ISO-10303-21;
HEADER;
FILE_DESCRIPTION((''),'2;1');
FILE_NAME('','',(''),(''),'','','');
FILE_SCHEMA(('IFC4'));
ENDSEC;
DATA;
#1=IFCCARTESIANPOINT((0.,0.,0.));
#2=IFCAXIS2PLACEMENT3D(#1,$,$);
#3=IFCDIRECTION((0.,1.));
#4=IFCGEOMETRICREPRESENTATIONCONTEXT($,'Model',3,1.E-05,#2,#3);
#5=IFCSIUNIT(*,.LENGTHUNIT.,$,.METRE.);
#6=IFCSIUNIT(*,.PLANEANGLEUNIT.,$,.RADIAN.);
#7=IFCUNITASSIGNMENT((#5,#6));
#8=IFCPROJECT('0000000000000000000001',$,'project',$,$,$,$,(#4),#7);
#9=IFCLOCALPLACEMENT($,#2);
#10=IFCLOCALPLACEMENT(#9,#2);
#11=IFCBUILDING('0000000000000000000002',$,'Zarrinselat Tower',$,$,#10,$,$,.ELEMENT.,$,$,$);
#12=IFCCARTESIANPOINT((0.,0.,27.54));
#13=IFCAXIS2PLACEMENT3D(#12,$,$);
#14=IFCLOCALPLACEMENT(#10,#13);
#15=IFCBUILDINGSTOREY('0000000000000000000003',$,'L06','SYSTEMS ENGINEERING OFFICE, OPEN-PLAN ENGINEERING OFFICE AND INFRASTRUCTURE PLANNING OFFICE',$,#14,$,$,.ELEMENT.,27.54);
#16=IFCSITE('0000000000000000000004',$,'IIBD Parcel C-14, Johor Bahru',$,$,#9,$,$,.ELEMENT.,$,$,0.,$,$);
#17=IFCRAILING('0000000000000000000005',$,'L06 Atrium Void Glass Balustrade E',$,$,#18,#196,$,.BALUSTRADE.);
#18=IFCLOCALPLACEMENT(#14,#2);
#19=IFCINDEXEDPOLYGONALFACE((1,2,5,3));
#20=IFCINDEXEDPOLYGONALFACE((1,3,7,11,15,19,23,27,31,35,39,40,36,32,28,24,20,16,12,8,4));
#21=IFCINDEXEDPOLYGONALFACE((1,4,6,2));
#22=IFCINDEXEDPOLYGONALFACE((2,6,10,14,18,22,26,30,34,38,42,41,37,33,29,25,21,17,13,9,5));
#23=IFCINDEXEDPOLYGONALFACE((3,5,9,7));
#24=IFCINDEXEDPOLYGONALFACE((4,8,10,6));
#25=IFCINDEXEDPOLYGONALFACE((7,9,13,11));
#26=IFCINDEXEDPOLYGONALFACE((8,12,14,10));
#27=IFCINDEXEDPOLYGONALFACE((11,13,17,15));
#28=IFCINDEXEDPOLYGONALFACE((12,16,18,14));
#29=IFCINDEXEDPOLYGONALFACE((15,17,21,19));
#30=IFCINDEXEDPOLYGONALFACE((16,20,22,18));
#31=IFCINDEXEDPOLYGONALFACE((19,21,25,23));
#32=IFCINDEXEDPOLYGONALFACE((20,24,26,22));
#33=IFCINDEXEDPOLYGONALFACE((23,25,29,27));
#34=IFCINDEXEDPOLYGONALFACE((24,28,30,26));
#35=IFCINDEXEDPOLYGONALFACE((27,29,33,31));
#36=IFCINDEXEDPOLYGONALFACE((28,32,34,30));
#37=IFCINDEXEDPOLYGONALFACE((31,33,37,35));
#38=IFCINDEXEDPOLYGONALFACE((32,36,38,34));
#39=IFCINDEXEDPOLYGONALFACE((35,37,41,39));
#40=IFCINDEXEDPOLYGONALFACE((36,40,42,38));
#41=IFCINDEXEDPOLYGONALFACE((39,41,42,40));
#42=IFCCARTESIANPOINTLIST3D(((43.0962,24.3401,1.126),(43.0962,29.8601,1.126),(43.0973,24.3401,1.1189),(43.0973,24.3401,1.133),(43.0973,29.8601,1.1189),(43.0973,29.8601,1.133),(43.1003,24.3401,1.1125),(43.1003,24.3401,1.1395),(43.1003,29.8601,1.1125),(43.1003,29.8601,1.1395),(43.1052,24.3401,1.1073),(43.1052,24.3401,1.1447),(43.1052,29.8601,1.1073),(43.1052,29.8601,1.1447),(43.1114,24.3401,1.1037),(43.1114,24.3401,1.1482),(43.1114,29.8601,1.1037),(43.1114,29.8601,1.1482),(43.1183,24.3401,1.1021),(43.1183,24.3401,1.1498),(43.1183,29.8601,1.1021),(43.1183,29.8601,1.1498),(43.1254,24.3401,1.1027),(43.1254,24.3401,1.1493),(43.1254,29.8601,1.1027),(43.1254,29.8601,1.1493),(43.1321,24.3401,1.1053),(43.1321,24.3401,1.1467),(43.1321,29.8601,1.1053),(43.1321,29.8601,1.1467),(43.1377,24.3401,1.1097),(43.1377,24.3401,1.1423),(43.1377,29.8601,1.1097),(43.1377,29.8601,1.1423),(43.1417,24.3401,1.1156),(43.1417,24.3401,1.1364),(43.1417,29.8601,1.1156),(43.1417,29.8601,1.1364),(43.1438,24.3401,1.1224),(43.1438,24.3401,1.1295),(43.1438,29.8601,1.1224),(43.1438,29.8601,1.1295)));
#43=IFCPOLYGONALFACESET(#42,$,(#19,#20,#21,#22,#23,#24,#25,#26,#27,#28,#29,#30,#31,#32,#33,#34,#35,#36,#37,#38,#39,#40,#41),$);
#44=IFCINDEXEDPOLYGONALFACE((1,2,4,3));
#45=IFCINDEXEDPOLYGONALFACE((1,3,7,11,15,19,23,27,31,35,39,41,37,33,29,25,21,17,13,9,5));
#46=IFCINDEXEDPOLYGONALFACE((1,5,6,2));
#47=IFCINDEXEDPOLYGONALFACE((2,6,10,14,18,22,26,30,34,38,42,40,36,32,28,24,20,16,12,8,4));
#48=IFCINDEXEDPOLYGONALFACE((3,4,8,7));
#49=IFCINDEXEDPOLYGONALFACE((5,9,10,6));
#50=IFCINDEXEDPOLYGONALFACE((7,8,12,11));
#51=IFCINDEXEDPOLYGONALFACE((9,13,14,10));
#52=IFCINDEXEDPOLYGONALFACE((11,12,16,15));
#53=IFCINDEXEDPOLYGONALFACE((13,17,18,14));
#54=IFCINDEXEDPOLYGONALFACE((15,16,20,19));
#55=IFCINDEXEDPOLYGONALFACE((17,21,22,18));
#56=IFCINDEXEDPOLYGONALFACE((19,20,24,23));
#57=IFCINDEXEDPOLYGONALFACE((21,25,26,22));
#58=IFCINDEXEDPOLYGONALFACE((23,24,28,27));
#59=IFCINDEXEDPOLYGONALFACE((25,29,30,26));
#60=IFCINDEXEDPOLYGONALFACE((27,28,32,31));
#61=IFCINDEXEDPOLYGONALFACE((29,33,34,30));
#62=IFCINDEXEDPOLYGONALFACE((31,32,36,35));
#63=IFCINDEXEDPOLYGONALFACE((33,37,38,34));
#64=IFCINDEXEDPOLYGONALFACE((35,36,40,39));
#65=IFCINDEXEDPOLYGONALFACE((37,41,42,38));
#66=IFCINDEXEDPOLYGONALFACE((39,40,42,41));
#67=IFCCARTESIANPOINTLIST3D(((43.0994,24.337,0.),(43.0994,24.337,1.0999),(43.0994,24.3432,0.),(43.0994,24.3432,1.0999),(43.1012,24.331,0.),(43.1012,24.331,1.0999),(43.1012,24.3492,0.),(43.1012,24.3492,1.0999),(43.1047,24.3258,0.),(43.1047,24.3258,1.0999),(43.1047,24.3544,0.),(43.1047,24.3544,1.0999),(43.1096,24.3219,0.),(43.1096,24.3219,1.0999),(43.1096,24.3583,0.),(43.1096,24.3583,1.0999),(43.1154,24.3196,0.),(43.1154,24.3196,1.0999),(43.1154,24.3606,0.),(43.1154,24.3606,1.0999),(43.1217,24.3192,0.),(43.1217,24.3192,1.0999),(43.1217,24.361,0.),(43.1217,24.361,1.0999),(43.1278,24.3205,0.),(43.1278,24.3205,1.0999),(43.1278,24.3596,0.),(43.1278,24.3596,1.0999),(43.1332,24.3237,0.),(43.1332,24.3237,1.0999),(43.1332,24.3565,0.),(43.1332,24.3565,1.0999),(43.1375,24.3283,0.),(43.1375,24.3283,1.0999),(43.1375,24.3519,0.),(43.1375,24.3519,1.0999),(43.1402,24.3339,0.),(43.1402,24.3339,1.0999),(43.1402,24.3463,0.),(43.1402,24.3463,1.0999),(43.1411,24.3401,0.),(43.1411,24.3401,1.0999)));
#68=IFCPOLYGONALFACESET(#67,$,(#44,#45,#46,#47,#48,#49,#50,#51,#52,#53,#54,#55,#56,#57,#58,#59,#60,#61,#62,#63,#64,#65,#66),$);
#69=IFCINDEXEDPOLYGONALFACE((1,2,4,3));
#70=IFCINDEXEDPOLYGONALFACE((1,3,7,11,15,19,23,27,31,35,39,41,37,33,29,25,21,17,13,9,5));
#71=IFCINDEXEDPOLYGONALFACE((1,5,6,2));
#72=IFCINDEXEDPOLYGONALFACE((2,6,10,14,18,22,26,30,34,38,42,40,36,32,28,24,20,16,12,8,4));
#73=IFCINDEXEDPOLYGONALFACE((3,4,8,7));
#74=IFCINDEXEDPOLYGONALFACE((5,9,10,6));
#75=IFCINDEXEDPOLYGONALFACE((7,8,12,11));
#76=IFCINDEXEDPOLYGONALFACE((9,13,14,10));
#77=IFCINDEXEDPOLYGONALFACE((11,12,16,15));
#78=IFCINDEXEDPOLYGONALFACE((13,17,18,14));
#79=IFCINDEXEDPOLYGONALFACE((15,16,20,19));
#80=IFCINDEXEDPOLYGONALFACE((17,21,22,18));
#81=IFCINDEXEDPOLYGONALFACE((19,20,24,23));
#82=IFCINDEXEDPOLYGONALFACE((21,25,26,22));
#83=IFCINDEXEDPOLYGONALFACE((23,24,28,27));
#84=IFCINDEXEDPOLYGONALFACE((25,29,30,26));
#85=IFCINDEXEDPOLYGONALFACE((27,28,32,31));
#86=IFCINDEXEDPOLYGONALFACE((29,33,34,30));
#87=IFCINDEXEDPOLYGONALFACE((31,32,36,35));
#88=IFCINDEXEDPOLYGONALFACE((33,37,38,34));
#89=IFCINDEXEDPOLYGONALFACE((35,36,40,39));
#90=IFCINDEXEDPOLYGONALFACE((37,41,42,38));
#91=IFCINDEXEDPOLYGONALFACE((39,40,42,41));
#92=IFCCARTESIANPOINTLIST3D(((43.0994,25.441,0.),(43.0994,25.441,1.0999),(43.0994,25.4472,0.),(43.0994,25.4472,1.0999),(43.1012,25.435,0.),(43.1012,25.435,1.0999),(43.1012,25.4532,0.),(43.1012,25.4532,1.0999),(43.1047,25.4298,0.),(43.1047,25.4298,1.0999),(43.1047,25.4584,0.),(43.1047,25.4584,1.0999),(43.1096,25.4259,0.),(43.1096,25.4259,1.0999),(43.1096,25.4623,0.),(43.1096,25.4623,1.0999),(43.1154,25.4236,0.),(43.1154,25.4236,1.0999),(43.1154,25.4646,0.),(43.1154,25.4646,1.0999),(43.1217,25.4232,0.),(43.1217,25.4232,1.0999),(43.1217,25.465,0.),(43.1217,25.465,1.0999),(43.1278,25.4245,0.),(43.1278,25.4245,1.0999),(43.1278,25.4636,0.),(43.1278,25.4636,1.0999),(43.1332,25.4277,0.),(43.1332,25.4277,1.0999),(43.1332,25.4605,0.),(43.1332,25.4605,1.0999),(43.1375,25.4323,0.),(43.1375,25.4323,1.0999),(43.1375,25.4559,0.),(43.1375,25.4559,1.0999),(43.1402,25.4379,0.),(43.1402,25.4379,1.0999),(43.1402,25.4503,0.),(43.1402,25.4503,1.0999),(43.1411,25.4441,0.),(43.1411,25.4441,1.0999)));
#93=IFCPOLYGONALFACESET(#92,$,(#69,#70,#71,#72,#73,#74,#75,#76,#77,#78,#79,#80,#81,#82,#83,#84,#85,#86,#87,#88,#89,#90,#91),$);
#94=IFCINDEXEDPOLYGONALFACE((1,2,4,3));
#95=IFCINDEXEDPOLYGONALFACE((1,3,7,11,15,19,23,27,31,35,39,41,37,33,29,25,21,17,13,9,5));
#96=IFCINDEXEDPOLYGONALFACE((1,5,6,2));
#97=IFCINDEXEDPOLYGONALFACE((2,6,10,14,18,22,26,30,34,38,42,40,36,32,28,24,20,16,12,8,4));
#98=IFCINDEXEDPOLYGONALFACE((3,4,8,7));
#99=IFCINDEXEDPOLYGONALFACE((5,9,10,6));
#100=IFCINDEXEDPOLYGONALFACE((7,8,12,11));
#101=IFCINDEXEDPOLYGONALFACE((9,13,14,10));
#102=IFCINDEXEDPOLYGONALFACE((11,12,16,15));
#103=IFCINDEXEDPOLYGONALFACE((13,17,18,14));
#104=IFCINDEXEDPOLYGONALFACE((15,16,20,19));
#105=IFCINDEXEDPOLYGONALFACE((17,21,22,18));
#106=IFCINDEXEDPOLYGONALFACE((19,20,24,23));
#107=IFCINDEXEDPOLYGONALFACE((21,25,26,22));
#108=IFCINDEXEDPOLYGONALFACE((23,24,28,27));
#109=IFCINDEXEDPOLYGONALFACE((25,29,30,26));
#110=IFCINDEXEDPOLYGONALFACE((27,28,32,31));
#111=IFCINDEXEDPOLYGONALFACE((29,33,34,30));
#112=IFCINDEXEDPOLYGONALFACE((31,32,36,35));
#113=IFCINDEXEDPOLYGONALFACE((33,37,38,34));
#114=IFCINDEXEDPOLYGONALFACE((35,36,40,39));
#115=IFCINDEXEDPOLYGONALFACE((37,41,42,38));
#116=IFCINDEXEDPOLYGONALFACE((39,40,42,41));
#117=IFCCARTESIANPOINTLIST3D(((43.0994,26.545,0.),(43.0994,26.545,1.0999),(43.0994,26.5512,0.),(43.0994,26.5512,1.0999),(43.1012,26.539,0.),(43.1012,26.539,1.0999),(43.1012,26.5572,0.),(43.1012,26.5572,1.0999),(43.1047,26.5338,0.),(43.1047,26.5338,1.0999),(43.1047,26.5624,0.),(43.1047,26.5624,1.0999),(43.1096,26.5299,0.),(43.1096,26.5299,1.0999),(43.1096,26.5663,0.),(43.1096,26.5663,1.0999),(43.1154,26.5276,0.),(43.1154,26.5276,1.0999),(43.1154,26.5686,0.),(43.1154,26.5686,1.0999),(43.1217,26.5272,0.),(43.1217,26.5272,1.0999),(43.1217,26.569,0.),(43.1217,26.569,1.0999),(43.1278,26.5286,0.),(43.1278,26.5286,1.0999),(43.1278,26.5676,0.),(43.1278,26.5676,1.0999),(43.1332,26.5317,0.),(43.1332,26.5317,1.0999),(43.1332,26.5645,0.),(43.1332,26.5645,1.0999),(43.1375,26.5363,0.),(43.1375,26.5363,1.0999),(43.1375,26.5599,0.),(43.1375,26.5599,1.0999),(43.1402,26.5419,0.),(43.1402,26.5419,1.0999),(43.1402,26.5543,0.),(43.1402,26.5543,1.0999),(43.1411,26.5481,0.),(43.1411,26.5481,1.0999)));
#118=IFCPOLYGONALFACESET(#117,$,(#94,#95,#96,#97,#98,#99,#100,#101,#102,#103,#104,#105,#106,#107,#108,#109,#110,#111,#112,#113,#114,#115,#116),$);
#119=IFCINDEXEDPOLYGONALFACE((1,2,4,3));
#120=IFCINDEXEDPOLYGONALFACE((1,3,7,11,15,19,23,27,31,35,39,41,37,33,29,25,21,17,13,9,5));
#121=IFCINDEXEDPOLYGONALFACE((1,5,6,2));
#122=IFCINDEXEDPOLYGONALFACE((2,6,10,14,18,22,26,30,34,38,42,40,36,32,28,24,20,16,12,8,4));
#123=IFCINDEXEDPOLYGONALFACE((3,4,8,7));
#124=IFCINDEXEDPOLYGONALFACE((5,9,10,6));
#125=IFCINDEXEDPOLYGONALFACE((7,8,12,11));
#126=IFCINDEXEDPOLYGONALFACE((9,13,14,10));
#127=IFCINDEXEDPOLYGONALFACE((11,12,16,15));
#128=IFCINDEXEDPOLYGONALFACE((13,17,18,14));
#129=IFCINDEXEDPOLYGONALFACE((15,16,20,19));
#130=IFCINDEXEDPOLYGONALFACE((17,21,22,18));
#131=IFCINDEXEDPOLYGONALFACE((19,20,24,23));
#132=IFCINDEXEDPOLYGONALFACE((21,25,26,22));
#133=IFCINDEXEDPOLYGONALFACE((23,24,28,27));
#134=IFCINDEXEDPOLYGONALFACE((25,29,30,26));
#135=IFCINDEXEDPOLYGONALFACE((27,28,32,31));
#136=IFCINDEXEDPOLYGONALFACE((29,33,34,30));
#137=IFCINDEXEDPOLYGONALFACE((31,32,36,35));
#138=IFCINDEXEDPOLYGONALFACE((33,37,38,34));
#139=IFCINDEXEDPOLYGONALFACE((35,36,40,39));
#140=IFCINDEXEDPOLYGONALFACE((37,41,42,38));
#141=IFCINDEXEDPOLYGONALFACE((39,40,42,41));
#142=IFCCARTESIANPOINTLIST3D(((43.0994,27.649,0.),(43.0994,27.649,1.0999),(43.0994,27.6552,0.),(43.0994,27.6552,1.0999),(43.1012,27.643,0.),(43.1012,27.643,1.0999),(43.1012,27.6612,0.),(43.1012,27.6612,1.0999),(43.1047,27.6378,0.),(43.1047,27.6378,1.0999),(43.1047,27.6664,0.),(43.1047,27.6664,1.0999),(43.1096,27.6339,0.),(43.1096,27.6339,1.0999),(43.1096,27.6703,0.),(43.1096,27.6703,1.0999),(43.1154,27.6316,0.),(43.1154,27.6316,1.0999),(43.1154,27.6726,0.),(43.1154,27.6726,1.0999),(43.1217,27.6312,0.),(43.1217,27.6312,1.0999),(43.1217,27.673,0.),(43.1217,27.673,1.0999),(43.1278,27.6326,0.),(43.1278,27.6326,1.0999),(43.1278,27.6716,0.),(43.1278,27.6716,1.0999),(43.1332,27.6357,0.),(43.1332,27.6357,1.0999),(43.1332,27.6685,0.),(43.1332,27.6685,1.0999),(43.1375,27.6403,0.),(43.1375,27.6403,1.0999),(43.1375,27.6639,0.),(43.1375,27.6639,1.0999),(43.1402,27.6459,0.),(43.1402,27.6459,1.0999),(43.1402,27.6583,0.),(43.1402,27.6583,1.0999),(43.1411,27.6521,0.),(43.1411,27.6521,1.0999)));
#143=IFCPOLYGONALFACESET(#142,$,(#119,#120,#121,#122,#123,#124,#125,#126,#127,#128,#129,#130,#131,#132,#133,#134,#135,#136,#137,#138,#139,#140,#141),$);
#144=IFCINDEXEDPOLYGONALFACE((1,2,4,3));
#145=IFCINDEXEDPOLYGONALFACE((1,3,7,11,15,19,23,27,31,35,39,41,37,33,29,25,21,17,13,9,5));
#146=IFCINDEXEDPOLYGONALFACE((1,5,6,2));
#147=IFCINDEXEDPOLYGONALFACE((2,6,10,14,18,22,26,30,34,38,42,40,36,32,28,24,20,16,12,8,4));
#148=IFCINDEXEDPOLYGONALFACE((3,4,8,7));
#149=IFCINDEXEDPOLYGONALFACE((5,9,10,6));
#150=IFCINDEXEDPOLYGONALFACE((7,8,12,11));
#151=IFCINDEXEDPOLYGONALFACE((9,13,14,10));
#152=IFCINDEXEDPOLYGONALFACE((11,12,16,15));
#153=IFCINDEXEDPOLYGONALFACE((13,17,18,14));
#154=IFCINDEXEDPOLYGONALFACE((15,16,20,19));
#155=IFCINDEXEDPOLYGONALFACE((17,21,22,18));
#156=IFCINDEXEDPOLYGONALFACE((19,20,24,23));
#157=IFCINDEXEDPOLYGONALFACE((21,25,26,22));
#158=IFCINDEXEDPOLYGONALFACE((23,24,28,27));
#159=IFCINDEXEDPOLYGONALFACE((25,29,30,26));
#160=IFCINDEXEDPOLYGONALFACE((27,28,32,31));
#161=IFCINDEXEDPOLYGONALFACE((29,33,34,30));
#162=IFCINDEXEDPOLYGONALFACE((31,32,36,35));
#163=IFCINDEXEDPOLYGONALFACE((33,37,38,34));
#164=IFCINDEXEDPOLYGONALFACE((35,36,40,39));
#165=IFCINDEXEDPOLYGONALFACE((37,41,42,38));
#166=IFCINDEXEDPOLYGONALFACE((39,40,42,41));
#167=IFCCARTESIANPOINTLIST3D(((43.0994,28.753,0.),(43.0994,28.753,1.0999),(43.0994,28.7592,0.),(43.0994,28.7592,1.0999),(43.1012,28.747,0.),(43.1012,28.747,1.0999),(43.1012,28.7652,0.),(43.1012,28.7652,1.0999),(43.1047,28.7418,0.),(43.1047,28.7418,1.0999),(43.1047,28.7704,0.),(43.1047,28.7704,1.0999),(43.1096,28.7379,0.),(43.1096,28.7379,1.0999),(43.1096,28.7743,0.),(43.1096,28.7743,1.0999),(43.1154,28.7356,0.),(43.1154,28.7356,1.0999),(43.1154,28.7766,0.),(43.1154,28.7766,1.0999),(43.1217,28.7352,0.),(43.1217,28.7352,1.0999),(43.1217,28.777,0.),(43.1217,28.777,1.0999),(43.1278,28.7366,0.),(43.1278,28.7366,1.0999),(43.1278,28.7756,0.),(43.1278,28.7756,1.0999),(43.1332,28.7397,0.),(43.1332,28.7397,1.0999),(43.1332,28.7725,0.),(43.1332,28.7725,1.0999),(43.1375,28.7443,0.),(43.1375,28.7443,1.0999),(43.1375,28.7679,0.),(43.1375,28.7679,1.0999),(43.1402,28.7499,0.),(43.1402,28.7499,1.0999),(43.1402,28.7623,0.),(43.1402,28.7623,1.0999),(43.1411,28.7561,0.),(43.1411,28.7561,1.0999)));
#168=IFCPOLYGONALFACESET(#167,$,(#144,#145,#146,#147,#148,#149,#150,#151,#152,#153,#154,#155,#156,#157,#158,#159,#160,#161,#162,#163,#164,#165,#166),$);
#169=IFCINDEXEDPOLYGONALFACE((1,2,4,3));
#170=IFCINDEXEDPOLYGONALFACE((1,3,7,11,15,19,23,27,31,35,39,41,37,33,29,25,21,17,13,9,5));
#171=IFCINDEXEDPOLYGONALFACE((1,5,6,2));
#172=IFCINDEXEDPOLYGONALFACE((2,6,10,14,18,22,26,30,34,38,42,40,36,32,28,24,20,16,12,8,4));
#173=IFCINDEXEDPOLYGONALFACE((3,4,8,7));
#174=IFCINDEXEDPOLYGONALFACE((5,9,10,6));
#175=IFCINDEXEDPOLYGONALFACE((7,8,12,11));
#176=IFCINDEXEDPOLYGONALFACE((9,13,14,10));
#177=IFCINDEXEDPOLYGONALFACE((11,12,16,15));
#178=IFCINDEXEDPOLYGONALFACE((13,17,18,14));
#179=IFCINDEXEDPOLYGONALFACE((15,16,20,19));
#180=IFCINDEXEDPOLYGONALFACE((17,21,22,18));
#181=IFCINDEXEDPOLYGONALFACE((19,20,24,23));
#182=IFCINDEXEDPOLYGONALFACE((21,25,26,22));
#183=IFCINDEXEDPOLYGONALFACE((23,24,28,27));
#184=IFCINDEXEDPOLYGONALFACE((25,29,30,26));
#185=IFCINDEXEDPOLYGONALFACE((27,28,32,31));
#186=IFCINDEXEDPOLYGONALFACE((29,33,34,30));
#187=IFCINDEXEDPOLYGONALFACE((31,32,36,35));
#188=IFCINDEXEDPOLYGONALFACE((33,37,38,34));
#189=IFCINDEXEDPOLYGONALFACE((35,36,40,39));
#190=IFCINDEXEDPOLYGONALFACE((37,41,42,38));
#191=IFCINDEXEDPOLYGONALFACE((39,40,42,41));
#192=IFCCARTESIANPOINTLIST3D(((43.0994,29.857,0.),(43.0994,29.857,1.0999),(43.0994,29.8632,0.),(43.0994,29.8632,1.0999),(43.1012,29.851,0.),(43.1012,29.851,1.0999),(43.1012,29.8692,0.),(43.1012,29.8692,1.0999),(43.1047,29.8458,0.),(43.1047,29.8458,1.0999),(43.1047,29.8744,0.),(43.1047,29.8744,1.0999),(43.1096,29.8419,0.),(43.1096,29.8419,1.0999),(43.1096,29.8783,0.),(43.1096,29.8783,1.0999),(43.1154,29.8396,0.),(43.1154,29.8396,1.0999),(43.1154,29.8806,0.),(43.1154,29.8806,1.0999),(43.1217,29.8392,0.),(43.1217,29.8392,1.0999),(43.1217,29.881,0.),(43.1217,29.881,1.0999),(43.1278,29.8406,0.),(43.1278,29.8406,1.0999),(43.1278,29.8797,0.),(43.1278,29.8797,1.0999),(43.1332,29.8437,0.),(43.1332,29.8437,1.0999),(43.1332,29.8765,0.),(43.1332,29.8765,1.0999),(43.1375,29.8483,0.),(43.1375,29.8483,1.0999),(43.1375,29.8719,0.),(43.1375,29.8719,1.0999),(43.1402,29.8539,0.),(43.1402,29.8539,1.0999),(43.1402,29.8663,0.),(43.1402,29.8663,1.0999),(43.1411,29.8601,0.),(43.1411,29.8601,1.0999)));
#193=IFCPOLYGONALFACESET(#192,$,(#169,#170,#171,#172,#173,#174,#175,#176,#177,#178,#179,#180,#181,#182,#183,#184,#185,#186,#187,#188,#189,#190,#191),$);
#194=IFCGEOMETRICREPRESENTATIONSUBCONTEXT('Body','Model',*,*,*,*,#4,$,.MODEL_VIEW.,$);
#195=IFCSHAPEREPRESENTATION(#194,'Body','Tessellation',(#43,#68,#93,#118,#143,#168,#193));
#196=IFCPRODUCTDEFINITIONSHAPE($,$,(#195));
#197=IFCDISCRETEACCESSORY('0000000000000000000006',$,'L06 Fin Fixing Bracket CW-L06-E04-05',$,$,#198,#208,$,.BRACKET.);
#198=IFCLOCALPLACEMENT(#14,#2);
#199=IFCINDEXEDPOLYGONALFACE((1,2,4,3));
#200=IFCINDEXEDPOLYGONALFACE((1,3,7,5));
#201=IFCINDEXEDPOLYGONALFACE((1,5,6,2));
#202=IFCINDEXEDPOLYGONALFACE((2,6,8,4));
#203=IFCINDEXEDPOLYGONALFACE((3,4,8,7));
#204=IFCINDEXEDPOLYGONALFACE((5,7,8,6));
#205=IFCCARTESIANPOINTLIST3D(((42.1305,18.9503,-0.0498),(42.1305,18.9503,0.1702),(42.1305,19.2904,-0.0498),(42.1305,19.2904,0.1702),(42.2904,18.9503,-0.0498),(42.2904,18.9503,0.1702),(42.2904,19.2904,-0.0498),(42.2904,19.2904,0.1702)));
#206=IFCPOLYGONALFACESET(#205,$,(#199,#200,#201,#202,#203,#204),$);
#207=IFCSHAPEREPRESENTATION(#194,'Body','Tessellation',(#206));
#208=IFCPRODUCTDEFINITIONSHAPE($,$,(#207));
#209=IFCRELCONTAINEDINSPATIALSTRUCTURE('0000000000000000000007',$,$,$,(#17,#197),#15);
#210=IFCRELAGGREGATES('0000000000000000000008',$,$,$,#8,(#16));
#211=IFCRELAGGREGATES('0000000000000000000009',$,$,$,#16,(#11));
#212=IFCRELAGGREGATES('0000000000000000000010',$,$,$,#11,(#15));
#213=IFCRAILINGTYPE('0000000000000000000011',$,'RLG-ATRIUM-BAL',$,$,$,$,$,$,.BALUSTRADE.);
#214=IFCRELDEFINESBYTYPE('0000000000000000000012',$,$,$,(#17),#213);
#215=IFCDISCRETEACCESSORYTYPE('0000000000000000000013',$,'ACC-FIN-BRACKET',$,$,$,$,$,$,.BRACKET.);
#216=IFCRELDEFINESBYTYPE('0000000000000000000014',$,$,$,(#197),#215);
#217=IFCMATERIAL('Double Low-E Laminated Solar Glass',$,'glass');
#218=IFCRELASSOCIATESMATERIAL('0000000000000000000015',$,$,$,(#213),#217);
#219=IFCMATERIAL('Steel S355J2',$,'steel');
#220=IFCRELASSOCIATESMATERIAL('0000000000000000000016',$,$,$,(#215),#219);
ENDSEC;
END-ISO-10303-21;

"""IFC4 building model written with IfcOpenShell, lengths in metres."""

from ifc_helpers import new_model, si_unit, direction, frame, origin, origin_2d, place, context, subcontext, project, spatial, rectangle, circle, extrude, material, type_object, element, save


model = new_model("IFC4")

# Units and contexts
model_context = context("Model", 3, precision=1e-05, world=origin(), true_north=direction((0.0, 1.0)))
body_context = subcontext(model_context, "Body", "Model", "MODEL_VIEW")
ifc_project = project(units=[si_unit("LENGTHUNIT", "METRE"), si_unit("PLANEANGLEUNIT", "RADIAN")], contexts=[model_context])

# Site, building, storey
site_placement = place(None, origin())
site = spatial("IfcSite", under=ifc_project, at=site_placement, Name="IIBD Parcel C-14, Johor Bahru", CompositionType="ELEMENT", RefElevation=0.0)
building_placement = place(site_placement, origin())
building = spatial("IfcBuilding", under=site, at=building_placement, Name="Zarrinselat Tower", CompositionType="ELEMENT")
storey_placement = place(building_placement, frame((0.0, 0.0, 27.54)))
storey = spatial("IfcBuildingStorey", under=building, at=storey_placement, Name="L06", Description="SYSTEMS ENGINEERING OFFICE, OPEN-PLAN ENGINEERING OFFICE AND INFRASTRUCTURE PLANNING OFFICE", CompositionType="ELEMENT", Elevation=27.54)

# Railing
ifc_material_1 = material(Name="Double Low-E Laminated Solar Glass", Category="glass")
railing_type = type_object("IfcRailingType", Name="RLG-ATRIUM-BAL", PredefinedType="BALUSTRADE", material=ifc_material_1)
railing_1_placement = place(storey_placement, frame((43.1201, 24.3401, 0.0)))
element("IfcRailing", 1, at=railing_1_placement, inside=storey, type_object=railing_type, Name="L06 Atrium Void Glass Balustrade E", PredefinedType="BALUSTRADE", context=body_context, shape_type="SweptSolid", body=[
    extrude(circle(Radius=0.0239, at=origin_2d()), frame((0.0, 0.0, 1.126), z_axis=(0.0, 1.0, 0.0), x_axis=(-1.0, 0.0, 0.0)), (0.0, 0.0, 1.0), 5.52),
    extrude(circle(Radius=0.021, at=origin_2d()), origin(), (0.0, 0.0, 1.0), 1.0999),
    extrude(circle(Radius=0.021, at=origin_2d()), frame((0.0, 1.104, 0.0)), (0.0, 0.0, 1.0), 1.0999),
    extrude(circle(Radius=0.021, at=origin_2d()), frame((0.0, 2.208, 0.0)), (0.0, 0.0, 1.0), 1.0999),
    extrude(circle(Radius=0.021, at=origin_2d()), frame((0.0, 3.312, 0.0)), (0.0, 0.0, 1.0), 1.0999),
    extrude(circle(Radius=0.021, at=origin_2d()), frame((0.0, 4.416, 0.0)), (0.0, 0.0, 1.0), 1.0999),
    extrude(circle(Radius=0.021, at=origin_2d()), frame((0.0, 5.52, 0.0)), (0.0, 0.0, 1.0), 1.0999),
])

# Discrete accessory
ifc_material_2 = material(Name="Steel S355J2", Category="steel")
discrete_accessory_type = type_object("IfcDiscreteAccessoryType", Name="ACC-FIN-BRACKET", PredefinedType="BRACKET", material=ifc_material_2)
discrete_accessory_placement = place(storey_placement, frame((42.2104, 19.1204, -0.0498), z_axis=(0.0, 0.0, 1.0), x_axis=(0.0, -1.0, 0.0)))
element("IfcDiscreteAccessory", 2, at=discrete_accessory_placement, inside=storey, type_object=discrete_accessory_type, Name="L06 Fin Fixing Bracket CW-L06-E04-05", PredefinedType="BRACKET", context=body_context, shape_type="SweptSolid", body=[
    extrude(rectangle(XDim=0.3401, YDim=0.1599, at=origin_2d()), origin(), (0.0, 0.0, 1.0), 0.22),
])

save(model, "model.ifc")
